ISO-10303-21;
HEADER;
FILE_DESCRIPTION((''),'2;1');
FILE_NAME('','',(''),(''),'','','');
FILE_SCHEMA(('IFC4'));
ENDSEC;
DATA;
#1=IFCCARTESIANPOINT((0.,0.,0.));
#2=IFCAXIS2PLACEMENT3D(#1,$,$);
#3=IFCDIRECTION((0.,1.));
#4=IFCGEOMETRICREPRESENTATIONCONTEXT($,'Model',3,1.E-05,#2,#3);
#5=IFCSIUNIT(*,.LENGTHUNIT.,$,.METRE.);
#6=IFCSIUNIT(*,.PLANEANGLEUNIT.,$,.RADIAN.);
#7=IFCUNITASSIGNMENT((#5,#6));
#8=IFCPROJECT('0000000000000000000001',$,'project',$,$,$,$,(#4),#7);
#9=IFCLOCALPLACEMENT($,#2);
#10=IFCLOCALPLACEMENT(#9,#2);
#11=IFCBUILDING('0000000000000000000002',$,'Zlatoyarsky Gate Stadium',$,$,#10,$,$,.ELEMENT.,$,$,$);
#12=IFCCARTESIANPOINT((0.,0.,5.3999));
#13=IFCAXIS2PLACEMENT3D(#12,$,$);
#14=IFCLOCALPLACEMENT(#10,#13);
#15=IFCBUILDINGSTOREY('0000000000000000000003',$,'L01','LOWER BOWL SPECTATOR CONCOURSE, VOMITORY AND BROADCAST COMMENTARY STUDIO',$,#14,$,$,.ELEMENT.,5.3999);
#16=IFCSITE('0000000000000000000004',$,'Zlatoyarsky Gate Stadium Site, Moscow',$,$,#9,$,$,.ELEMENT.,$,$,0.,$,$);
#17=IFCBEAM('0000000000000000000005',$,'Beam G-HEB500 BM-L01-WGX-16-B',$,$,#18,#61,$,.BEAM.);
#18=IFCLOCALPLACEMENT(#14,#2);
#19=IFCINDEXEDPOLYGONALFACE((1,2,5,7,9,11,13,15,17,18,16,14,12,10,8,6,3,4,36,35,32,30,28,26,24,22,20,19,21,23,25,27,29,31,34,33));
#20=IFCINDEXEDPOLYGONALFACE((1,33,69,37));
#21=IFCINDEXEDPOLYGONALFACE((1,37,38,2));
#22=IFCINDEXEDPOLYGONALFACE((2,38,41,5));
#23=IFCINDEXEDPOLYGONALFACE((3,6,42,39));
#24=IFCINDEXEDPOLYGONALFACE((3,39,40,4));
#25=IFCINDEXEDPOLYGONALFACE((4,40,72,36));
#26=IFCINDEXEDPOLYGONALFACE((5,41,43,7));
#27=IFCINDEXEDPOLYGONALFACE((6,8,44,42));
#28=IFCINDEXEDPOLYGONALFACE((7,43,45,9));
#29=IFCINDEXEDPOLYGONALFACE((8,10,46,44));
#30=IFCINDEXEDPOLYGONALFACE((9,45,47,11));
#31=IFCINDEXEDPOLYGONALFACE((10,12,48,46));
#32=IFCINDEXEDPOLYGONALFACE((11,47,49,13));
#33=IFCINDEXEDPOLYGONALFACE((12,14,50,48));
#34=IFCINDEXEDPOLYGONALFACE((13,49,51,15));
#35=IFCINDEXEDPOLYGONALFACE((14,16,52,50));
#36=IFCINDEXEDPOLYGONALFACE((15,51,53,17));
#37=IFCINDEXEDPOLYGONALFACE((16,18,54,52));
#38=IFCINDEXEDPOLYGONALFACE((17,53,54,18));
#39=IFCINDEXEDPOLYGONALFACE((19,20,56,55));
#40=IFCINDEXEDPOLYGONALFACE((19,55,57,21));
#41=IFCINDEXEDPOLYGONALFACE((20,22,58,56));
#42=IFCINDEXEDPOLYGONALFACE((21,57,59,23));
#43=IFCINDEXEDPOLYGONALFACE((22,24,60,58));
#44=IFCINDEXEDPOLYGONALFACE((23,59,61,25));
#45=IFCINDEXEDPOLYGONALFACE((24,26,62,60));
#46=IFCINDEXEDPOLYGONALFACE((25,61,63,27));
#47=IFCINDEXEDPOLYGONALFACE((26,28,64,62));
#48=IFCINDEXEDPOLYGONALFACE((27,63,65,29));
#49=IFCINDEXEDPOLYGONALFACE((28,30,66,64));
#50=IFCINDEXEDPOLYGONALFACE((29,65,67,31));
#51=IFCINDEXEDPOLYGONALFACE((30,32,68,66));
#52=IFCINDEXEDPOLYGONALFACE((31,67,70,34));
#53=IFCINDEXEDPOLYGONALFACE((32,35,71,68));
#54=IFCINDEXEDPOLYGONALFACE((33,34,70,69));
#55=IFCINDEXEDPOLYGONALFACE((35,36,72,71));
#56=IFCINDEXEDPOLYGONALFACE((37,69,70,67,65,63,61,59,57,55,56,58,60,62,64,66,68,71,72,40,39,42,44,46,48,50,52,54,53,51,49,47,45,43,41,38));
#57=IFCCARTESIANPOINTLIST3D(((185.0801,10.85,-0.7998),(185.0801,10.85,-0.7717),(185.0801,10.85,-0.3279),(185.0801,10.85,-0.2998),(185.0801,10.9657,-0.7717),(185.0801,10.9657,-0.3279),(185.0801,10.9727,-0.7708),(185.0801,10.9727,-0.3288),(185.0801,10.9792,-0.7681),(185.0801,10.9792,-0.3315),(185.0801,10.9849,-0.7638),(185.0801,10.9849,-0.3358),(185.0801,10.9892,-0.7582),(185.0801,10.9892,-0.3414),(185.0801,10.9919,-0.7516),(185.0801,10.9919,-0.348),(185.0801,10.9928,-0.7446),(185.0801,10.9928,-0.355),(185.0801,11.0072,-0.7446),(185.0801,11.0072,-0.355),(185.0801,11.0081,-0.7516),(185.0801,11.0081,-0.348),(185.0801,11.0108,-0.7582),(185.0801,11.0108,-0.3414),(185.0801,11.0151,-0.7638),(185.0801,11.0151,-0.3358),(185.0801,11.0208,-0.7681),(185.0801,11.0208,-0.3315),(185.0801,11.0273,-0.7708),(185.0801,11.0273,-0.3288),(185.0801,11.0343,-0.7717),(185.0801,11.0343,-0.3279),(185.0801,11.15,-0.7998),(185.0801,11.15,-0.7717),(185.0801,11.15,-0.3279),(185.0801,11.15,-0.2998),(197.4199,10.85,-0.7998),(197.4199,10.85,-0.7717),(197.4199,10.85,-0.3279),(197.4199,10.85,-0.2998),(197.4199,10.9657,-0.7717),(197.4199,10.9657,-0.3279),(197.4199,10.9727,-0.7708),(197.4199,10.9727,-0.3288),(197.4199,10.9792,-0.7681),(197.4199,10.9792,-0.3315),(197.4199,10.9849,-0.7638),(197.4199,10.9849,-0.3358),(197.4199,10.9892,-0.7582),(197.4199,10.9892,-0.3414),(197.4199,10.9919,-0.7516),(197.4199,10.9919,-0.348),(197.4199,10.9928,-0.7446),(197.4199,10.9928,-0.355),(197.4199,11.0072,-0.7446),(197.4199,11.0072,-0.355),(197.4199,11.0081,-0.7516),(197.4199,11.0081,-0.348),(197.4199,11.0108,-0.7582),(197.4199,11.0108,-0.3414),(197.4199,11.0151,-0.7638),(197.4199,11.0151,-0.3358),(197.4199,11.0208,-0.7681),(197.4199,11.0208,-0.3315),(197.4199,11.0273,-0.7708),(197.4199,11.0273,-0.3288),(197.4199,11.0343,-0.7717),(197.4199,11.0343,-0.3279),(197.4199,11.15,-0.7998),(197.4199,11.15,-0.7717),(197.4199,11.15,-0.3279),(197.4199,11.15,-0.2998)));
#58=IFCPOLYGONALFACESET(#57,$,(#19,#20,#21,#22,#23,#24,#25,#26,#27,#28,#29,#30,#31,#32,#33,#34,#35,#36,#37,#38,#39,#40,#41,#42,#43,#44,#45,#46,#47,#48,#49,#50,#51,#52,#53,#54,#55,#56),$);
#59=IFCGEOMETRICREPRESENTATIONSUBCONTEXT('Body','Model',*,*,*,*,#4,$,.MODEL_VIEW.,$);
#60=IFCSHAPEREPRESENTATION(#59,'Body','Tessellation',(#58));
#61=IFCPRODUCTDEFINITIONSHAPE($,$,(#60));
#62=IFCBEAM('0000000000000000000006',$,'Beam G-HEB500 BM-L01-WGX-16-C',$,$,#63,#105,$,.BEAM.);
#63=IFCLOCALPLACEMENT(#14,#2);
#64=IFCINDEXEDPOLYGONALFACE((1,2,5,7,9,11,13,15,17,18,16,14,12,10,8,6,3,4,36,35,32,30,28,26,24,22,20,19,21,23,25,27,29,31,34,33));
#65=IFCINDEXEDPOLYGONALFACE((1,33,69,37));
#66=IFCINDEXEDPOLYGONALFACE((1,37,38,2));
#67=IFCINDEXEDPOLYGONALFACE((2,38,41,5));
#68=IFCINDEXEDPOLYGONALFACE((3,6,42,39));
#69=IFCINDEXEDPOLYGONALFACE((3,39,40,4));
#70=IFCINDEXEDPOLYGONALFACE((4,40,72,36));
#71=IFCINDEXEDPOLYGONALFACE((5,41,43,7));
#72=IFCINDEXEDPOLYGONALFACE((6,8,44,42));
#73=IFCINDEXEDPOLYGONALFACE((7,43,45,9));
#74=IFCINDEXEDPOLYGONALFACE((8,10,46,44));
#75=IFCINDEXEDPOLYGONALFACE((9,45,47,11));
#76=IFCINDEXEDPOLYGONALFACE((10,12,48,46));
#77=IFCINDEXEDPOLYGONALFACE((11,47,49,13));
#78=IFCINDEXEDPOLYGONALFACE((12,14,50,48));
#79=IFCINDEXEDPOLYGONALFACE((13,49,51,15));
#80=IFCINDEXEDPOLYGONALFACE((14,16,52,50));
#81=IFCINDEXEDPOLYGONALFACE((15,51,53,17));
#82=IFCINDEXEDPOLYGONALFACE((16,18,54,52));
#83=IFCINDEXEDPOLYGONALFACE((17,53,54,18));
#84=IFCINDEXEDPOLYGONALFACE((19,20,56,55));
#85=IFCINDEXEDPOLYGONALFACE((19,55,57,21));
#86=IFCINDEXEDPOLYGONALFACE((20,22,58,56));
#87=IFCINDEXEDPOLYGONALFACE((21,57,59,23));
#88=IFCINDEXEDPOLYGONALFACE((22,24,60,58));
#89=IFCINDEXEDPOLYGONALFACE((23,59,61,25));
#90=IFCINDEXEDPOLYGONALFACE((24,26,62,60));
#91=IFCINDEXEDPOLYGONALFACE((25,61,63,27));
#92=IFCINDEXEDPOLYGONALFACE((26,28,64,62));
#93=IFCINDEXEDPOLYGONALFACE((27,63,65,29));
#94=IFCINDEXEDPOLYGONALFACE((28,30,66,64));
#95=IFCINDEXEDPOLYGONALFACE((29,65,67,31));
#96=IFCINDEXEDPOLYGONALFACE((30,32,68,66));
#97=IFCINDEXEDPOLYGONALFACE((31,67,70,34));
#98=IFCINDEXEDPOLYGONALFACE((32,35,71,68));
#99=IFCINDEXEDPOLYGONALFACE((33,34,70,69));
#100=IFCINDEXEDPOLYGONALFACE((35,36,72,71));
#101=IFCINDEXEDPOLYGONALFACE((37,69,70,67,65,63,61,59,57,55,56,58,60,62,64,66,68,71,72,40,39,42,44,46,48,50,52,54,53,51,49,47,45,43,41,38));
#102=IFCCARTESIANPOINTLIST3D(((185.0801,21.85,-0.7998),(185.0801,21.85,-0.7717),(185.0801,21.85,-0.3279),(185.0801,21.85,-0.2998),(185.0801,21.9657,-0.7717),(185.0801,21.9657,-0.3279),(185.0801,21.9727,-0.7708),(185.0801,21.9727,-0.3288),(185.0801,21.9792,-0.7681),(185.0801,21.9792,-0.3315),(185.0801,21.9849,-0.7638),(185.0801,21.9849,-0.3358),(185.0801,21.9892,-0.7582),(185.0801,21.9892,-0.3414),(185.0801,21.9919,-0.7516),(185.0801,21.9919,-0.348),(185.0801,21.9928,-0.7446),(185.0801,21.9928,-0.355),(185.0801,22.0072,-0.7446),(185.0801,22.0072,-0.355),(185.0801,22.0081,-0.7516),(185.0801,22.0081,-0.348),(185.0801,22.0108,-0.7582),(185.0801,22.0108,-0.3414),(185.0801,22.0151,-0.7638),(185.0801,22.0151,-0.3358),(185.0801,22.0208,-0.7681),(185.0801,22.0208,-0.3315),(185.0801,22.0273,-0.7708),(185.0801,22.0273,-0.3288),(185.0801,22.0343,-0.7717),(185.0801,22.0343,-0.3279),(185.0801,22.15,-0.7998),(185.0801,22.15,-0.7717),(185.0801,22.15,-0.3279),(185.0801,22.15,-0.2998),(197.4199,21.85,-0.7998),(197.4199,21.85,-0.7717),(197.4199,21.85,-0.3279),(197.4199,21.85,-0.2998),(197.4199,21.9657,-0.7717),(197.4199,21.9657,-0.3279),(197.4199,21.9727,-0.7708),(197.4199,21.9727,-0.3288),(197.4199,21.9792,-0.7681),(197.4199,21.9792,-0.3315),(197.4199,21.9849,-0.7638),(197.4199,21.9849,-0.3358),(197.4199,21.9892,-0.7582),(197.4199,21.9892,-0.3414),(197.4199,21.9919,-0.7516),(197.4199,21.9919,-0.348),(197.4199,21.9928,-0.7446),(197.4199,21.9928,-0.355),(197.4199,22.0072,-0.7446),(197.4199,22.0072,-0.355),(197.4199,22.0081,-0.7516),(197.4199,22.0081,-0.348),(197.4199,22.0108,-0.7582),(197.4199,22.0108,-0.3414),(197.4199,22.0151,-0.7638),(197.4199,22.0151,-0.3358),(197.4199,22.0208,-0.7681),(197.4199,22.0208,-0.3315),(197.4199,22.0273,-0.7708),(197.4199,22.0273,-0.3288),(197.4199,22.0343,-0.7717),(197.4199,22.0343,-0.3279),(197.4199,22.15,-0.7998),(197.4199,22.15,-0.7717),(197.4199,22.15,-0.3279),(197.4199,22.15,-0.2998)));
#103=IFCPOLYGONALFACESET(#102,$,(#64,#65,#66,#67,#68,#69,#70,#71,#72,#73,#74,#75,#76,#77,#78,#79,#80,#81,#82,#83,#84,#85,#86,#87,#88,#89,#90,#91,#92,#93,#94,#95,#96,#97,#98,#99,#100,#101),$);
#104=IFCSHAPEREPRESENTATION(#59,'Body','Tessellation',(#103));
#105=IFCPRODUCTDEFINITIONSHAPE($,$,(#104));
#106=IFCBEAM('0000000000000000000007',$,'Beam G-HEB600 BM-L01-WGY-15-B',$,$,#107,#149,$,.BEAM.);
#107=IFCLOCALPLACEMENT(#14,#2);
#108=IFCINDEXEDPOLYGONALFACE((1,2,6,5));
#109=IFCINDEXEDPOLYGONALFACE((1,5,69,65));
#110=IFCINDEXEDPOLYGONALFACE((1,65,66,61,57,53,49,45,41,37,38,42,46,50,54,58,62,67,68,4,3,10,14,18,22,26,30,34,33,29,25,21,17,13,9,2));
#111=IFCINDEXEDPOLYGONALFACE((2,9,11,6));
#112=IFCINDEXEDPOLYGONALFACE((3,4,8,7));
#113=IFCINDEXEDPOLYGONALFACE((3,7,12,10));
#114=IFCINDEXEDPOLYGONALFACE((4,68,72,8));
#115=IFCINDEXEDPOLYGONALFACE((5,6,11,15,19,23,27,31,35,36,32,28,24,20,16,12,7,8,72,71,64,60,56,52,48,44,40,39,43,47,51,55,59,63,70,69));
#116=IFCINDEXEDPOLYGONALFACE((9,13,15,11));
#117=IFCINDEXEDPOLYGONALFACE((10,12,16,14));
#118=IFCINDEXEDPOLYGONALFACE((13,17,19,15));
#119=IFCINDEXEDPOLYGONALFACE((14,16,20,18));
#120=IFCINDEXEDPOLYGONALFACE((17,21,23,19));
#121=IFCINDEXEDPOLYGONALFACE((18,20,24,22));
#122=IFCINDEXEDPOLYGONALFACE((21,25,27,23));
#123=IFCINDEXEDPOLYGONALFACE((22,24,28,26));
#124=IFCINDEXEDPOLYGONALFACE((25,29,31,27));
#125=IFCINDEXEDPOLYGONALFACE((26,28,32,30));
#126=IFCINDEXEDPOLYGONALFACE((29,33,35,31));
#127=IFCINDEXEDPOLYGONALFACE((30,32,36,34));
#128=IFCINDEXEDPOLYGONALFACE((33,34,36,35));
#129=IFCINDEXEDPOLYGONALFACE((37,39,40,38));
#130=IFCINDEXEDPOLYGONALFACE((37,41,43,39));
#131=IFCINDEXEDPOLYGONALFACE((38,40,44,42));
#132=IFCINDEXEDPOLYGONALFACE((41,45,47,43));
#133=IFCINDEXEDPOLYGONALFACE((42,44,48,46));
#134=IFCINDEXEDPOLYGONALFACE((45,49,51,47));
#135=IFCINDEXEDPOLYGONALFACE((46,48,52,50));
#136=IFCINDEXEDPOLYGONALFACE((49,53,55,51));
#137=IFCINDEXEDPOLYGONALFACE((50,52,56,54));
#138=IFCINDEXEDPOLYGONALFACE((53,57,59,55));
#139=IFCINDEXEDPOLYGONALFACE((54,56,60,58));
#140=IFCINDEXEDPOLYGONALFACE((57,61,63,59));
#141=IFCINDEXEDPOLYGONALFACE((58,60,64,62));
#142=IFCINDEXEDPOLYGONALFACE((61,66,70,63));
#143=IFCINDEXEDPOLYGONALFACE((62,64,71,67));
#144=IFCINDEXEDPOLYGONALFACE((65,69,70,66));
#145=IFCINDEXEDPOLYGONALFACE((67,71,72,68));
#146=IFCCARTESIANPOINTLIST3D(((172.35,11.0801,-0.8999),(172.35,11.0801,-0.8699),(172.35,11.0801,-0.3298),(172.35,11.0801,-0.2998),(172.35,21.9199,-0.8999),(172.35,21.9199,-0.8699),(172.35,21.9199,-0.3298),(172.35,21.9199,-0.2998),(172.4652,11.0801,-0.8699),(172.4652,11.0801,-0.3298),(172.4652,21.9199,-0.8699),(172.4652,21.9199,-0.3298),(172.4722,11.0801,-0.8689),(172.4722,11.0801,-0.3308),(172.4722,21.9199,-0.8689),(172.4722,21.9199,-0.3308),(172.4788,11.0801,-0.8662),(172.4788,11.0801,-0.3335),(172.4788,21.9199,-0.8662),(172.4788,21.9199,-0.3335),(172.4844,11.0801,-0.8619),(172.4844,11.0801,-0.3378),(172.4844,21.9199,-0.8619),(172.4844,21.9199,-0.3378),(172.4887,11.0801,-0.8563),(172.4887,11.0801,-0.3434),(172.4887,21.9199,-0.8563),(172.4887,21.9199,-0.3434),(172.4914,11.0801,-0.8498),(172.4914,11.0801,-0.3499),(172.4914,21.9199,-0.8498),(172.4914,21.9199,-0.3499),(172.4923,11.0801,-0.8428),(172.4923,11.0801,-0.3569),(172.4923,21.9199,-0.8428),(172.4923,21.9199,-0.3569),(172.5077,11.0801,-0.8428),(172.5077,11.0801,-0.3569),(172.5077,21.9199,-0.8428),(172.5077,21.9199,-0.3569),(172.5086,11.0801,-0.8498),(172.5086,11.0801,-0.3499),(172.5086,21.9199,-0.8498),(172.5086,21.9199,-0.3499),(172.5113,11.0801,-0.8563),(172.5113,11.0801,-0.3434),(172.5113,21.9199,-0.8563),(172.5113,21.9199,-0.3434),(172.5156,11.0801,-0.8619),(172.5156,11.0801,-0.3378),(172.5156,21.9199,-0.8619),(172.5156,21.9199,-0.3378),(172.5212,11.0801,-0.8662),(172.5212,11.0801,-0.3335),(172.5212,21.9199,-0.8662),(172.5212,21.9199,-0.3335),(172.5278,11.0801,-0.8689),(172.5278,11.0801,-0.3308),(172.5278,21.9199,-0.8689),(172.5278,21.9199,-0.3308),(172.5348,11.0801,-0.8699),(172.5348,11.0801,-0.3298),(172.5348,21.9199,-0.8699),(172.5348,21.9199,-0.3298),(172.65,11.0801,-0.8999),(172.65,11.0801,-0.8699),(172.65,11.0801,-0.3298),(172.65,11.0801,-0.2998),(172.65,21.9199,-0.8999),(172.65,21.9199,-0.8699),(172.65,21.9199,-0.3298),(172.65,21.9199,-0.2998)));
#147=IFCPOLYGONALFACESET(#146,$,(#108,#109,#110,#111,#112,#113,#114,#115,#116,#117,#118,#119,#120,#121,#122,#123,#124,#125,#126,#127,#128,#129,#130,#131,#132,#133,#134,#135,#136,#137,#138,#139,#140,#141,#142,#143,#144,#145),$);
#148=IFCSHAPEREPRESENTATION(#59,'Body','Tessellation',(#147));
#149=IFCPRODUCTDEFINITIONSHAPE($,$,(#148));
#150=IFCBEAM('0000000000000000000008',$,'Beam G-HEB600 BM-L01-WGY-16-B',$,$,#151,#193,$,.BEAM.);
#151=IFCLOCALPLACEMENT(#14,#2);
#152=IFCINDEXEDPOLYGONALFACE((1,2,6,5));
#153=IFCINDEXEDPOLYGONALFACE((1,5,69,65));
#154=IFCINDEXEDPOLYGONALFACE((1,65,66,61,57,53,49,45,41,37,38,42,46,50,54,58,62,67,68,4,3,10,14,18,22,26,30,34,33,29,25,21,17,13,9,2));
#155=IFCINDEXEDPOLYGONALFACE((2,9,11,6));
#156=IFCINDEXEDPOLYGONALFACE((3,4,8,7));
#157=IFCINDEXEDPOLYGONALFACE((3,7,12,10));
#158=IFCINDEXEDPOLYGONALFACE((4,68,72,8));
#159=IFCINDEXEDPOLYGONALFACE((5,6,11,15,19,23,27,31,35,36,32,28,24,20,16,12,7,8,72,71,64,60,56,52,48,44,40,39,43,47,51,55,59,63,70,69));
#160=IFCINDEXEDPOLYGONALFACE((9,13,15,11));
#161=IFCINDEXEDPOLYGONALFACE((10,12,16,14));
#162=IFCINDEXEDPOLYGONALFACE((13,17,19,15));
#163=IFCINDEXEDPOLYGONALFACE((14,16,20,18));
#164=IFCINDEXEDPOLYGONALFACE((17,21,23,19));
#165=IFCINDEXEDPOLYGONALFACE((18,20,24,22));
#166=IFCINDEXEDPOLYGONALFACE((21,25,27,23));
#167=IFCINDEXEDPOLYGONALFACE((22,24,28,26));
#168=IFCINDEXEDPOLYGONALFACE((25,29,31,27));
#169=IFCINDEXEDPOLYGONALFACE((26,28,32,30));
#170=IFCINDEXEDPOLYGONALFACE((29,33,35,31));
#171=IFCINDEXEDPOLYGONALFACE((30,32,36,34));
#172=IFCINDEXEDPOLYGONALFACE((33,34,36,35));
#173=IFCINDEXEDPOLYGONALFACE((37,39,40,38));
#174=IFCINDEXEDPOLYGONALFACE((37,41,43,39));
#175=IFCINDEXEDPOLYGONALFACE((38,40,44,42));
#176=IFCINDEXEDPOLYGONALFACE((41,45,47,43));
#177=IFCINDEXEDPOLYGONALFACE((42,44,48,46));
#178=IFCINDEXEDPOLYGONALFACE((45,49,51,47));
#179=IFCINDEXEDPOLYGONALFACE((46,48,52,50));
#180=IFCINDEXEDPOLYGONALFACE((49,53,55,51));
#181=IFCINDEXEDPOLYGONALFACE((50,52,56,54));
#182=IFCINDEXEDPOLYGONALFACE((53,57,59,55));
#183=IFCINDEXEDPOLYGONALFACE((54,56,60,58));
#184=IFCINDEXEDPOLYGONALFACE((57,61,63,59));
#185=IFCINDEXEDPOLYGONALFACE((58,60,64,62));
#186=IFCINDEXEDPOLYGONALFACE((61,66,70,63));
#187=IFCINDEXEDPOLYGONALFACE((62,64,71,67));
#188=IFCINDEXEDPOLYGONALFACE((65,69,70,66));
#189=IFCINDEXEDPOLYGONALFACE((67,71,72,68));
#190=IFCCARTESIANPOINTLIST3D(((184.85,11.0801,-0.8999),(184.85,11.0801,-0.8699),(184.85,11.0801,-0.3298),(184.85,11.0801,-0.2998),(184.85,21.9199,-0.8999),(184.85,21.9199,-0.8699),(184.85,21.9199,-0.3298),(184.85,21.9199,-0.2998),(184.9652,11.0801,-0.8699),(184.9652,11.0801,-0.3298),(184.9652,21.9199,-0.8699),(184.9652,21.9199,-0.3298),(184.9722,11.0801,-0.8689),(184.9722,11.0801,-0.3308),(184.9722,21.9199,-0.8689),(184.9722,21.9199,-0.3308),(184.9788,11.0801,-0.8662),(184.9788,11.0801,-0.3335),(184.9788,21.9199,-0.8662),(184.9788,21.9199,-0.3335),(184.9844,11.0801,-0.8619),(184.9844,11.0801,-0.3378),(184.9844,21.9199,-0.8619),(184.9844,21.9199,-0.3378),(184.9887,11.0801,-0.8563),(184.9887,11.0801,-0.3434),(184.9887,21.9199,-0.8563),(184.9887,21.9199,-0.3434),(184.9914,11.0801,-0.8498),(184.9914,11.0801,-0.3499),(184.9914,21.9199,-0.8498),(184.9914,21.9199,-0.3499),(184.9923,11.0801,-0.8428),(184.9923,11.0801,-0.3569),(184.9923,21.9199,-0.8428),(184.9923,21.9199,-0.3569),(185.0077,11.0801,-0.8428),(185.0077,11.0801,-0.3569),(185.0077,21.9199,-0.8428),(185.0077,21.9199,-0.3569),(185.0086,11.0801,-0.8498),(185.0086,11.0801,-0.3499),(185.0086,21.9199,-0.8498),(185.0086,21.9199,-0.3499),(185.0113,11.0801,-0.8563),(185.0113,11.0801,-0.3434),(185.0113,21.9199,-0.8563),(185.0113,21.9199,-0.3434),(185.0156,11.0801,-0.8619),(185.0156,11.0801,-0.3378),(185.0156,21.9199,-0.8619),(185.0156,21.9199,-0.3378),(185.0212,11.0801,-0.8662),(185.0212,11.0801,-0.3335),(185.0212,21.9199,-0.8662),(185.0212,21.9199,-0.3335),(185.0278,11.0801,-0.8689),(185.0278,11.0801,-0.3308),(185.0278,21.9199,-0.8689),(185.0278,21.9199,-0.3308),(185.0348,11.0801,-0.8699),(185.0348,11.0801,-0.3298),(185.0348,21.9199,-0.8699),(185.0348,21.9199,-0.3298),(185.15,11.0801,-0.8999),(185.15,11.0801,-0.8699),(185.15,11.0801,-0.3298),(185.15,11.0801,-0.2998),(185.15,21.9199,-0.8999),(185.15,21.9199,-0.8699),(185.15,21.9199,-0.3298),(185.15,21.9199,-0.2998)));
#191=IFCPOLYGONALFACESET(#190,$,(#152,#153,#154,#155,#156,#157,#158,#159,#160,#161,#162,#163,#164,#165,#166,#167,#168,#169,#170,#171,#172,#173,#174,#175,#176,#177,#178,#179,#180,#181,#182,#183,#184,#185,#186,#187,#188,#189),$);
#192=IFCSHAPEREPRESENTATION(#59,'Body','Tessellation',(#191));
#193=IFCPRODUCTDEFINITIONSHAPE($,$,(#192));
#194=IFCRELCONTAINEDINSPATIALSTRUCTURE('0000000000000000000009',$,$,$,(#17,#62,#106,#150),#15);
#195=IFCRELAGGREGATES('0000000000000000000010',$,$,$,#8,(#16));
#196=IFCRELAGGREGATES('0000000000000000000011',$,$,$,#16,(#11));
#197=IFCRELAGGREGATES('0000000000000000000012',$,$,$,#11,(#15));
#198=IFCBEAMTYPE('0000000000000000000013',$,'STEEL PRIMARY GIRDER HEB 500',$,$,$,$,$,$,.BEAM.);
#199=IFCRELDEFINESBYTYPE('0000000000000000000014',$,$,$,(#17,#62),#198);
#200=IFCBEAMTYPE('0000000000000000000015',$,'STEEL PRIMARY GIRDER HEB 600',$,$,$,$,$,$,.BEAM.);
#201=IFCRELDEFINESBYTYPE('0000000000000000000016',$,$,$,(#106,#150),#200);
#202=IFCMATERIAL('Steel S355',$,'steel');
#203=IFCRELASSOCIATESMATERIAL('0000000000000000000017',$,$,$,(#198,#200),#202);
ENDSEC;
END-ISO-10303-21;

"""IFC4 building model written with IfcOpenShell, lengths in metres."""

from ifc_helpers import new_model, si_unit, direction, frame, origin, origin_2d, place, context, subcontext, project, spatial, i_section, extrude, material, material_profile, profile_set, type_object, element, save


model = new_model("IFC4")

# Units and contexts
model_context = context("Model", 3, precision=1e-05, world=origin(), true_north=direction((0.0, 1.0)))
body_context = subcontext(model_context, "Body", "Model", "MODEL_VIEW")
ifc_project = project(units=[si_unit("LENGTHUNIT", "METRE"), si_unit("PLANEANGLEUNIT", "RADIAN")], contexts=[model_context])

# Site, building, storey
site_placement = place(None, origin())
site = spatial("IfcSite", under=ifc_project, at=site_placement, Name="Zlatoyarsky Gate Stadium Site, Moscow", CompositionType="ELEMENT", RefElevation=0.0)
building_placement = place(site_placement, origin())
building = spatial("IfcBuilding", under=site, at=building_placement, Name="Zlatoyarsky Gate Stadium", CompositionType="ELEMENT")
storey_placement = place(building_placement, frame((0.0, 0.0, 5.3999)))
storey = spatial("IfcBuildingStorey", under=building, at=storey_placement, Name="L01", Description="LOWER BOWL SPECTATOR CONCOURSE, VOMITORY AND BROADCAST COMMENTARY STUDIO", CompositionType="ELEMENT", Elevation=5.3999)

# Shared definitions
ifc_material_1 = material(Name="Steel S355", Category="steel")

# Beams
ifc_material_profile_1 = material_profile(ifc_material_1, i_section(OverallWidth=0.3, OverallDepth=0.5, WebThickness=0.0144, FlangeThickness=0.0281, FilletRadius=0.0271, at=origin_2d()), Name="HEB 500")
ifc_profile_set_1 = profile_set([ifc_material_profile_1], Name="Steel S355")
beam_type_1 = type_object("IfcBeamType", Name="STEEL PRIMARY GIRDER HEB 500", PredefinedType="BEAM", material=ifc_profile_set_1)
for number, where, z_axis, x_axis, name in (
    (1, (185.0801, 11.0, -0.5498), (1.0, 0.0, 0.0), (0.0, 1.0, 0.0), "Beam G-HEB500 BM-L01-WGX-16-B"),
    (2, (185.0801, 22.0, -0.5498), (1.0, 0.0, 0.0), (0.0, 1.0, 0.0), "Beam G-HEB500 BM-L01-WGX-16-C"),
):
    element("IfcBeam", number, at=place(storey_placement, frame(where, z_axis=z_axis, x_axis=x_axis)), inside=storey, type_object=beam_type_1, Name=name, PredefinedType="BEAM", context=body_context, shape_type="SweptSolid", body=[
        extrude(i_section(OverallWidth=0.3, OverallDepth=0.5, WebThickness=0.0144, FlangeThickness=0.0281, FilletRadius=0.0271, at=origin_2d()), origin(), (0.0, 0.0, 1.0), 12.3398),
    ])
ifc_material_profile_2 = material_profile(ifc_material_1, i_section(OverallWidth=0.3, OverallDepth=0.6001, WebThickness=0.0154, FlangeThickness=0.03, FilletRadius=0.0271, at=origin_2d()), Name="HEB 600")
ifc_profile_set_2 = profile_set([ifc_material_profile_2], Name="Steel S355")
beam_type_2 = type_object("IfcBeamType", Name="STEEL PRIMARY GIRDER HEB 600", PredefinedType="BEAM", material=ifc_profile_set_2)
for number, where, z_axis, x_axis, name in (
    (3, (172.5, 11.0801, -0.5999), (0.0, 1.0, 0.0), (-1.0, 0.0, 0.0), "Beam G-HEB600 BM-L01-WGY-15-B"),
    (4, (185.0, 11.0801, -0.5999), (0.0, 1.0, 0.0), (-1.0, 0.0, 0.0), "Beam G-HEB600 BM-L01-WGY-16-B"),
):
    element("IfcBeam", number, at=place(storey_placement, frame(where, z_axis=z_axis, x_axis=x_axis)), inside=storey, type_object=beam_type_2, Name=name, PredefinedType="BEAM", context=body_context, shape_type="SweptSolid", body=[
        extrude(i_section(OverallWidth=0.3, OverallDepth=0.6001, WebThickness=0.0154, FlangeThickness=0.03, FilletRadius=0.0271, at=origin_2d()), origin(), (0.0, 0.0, 1.0), 10.8398),
    ])

save(model, "model.ifc")
